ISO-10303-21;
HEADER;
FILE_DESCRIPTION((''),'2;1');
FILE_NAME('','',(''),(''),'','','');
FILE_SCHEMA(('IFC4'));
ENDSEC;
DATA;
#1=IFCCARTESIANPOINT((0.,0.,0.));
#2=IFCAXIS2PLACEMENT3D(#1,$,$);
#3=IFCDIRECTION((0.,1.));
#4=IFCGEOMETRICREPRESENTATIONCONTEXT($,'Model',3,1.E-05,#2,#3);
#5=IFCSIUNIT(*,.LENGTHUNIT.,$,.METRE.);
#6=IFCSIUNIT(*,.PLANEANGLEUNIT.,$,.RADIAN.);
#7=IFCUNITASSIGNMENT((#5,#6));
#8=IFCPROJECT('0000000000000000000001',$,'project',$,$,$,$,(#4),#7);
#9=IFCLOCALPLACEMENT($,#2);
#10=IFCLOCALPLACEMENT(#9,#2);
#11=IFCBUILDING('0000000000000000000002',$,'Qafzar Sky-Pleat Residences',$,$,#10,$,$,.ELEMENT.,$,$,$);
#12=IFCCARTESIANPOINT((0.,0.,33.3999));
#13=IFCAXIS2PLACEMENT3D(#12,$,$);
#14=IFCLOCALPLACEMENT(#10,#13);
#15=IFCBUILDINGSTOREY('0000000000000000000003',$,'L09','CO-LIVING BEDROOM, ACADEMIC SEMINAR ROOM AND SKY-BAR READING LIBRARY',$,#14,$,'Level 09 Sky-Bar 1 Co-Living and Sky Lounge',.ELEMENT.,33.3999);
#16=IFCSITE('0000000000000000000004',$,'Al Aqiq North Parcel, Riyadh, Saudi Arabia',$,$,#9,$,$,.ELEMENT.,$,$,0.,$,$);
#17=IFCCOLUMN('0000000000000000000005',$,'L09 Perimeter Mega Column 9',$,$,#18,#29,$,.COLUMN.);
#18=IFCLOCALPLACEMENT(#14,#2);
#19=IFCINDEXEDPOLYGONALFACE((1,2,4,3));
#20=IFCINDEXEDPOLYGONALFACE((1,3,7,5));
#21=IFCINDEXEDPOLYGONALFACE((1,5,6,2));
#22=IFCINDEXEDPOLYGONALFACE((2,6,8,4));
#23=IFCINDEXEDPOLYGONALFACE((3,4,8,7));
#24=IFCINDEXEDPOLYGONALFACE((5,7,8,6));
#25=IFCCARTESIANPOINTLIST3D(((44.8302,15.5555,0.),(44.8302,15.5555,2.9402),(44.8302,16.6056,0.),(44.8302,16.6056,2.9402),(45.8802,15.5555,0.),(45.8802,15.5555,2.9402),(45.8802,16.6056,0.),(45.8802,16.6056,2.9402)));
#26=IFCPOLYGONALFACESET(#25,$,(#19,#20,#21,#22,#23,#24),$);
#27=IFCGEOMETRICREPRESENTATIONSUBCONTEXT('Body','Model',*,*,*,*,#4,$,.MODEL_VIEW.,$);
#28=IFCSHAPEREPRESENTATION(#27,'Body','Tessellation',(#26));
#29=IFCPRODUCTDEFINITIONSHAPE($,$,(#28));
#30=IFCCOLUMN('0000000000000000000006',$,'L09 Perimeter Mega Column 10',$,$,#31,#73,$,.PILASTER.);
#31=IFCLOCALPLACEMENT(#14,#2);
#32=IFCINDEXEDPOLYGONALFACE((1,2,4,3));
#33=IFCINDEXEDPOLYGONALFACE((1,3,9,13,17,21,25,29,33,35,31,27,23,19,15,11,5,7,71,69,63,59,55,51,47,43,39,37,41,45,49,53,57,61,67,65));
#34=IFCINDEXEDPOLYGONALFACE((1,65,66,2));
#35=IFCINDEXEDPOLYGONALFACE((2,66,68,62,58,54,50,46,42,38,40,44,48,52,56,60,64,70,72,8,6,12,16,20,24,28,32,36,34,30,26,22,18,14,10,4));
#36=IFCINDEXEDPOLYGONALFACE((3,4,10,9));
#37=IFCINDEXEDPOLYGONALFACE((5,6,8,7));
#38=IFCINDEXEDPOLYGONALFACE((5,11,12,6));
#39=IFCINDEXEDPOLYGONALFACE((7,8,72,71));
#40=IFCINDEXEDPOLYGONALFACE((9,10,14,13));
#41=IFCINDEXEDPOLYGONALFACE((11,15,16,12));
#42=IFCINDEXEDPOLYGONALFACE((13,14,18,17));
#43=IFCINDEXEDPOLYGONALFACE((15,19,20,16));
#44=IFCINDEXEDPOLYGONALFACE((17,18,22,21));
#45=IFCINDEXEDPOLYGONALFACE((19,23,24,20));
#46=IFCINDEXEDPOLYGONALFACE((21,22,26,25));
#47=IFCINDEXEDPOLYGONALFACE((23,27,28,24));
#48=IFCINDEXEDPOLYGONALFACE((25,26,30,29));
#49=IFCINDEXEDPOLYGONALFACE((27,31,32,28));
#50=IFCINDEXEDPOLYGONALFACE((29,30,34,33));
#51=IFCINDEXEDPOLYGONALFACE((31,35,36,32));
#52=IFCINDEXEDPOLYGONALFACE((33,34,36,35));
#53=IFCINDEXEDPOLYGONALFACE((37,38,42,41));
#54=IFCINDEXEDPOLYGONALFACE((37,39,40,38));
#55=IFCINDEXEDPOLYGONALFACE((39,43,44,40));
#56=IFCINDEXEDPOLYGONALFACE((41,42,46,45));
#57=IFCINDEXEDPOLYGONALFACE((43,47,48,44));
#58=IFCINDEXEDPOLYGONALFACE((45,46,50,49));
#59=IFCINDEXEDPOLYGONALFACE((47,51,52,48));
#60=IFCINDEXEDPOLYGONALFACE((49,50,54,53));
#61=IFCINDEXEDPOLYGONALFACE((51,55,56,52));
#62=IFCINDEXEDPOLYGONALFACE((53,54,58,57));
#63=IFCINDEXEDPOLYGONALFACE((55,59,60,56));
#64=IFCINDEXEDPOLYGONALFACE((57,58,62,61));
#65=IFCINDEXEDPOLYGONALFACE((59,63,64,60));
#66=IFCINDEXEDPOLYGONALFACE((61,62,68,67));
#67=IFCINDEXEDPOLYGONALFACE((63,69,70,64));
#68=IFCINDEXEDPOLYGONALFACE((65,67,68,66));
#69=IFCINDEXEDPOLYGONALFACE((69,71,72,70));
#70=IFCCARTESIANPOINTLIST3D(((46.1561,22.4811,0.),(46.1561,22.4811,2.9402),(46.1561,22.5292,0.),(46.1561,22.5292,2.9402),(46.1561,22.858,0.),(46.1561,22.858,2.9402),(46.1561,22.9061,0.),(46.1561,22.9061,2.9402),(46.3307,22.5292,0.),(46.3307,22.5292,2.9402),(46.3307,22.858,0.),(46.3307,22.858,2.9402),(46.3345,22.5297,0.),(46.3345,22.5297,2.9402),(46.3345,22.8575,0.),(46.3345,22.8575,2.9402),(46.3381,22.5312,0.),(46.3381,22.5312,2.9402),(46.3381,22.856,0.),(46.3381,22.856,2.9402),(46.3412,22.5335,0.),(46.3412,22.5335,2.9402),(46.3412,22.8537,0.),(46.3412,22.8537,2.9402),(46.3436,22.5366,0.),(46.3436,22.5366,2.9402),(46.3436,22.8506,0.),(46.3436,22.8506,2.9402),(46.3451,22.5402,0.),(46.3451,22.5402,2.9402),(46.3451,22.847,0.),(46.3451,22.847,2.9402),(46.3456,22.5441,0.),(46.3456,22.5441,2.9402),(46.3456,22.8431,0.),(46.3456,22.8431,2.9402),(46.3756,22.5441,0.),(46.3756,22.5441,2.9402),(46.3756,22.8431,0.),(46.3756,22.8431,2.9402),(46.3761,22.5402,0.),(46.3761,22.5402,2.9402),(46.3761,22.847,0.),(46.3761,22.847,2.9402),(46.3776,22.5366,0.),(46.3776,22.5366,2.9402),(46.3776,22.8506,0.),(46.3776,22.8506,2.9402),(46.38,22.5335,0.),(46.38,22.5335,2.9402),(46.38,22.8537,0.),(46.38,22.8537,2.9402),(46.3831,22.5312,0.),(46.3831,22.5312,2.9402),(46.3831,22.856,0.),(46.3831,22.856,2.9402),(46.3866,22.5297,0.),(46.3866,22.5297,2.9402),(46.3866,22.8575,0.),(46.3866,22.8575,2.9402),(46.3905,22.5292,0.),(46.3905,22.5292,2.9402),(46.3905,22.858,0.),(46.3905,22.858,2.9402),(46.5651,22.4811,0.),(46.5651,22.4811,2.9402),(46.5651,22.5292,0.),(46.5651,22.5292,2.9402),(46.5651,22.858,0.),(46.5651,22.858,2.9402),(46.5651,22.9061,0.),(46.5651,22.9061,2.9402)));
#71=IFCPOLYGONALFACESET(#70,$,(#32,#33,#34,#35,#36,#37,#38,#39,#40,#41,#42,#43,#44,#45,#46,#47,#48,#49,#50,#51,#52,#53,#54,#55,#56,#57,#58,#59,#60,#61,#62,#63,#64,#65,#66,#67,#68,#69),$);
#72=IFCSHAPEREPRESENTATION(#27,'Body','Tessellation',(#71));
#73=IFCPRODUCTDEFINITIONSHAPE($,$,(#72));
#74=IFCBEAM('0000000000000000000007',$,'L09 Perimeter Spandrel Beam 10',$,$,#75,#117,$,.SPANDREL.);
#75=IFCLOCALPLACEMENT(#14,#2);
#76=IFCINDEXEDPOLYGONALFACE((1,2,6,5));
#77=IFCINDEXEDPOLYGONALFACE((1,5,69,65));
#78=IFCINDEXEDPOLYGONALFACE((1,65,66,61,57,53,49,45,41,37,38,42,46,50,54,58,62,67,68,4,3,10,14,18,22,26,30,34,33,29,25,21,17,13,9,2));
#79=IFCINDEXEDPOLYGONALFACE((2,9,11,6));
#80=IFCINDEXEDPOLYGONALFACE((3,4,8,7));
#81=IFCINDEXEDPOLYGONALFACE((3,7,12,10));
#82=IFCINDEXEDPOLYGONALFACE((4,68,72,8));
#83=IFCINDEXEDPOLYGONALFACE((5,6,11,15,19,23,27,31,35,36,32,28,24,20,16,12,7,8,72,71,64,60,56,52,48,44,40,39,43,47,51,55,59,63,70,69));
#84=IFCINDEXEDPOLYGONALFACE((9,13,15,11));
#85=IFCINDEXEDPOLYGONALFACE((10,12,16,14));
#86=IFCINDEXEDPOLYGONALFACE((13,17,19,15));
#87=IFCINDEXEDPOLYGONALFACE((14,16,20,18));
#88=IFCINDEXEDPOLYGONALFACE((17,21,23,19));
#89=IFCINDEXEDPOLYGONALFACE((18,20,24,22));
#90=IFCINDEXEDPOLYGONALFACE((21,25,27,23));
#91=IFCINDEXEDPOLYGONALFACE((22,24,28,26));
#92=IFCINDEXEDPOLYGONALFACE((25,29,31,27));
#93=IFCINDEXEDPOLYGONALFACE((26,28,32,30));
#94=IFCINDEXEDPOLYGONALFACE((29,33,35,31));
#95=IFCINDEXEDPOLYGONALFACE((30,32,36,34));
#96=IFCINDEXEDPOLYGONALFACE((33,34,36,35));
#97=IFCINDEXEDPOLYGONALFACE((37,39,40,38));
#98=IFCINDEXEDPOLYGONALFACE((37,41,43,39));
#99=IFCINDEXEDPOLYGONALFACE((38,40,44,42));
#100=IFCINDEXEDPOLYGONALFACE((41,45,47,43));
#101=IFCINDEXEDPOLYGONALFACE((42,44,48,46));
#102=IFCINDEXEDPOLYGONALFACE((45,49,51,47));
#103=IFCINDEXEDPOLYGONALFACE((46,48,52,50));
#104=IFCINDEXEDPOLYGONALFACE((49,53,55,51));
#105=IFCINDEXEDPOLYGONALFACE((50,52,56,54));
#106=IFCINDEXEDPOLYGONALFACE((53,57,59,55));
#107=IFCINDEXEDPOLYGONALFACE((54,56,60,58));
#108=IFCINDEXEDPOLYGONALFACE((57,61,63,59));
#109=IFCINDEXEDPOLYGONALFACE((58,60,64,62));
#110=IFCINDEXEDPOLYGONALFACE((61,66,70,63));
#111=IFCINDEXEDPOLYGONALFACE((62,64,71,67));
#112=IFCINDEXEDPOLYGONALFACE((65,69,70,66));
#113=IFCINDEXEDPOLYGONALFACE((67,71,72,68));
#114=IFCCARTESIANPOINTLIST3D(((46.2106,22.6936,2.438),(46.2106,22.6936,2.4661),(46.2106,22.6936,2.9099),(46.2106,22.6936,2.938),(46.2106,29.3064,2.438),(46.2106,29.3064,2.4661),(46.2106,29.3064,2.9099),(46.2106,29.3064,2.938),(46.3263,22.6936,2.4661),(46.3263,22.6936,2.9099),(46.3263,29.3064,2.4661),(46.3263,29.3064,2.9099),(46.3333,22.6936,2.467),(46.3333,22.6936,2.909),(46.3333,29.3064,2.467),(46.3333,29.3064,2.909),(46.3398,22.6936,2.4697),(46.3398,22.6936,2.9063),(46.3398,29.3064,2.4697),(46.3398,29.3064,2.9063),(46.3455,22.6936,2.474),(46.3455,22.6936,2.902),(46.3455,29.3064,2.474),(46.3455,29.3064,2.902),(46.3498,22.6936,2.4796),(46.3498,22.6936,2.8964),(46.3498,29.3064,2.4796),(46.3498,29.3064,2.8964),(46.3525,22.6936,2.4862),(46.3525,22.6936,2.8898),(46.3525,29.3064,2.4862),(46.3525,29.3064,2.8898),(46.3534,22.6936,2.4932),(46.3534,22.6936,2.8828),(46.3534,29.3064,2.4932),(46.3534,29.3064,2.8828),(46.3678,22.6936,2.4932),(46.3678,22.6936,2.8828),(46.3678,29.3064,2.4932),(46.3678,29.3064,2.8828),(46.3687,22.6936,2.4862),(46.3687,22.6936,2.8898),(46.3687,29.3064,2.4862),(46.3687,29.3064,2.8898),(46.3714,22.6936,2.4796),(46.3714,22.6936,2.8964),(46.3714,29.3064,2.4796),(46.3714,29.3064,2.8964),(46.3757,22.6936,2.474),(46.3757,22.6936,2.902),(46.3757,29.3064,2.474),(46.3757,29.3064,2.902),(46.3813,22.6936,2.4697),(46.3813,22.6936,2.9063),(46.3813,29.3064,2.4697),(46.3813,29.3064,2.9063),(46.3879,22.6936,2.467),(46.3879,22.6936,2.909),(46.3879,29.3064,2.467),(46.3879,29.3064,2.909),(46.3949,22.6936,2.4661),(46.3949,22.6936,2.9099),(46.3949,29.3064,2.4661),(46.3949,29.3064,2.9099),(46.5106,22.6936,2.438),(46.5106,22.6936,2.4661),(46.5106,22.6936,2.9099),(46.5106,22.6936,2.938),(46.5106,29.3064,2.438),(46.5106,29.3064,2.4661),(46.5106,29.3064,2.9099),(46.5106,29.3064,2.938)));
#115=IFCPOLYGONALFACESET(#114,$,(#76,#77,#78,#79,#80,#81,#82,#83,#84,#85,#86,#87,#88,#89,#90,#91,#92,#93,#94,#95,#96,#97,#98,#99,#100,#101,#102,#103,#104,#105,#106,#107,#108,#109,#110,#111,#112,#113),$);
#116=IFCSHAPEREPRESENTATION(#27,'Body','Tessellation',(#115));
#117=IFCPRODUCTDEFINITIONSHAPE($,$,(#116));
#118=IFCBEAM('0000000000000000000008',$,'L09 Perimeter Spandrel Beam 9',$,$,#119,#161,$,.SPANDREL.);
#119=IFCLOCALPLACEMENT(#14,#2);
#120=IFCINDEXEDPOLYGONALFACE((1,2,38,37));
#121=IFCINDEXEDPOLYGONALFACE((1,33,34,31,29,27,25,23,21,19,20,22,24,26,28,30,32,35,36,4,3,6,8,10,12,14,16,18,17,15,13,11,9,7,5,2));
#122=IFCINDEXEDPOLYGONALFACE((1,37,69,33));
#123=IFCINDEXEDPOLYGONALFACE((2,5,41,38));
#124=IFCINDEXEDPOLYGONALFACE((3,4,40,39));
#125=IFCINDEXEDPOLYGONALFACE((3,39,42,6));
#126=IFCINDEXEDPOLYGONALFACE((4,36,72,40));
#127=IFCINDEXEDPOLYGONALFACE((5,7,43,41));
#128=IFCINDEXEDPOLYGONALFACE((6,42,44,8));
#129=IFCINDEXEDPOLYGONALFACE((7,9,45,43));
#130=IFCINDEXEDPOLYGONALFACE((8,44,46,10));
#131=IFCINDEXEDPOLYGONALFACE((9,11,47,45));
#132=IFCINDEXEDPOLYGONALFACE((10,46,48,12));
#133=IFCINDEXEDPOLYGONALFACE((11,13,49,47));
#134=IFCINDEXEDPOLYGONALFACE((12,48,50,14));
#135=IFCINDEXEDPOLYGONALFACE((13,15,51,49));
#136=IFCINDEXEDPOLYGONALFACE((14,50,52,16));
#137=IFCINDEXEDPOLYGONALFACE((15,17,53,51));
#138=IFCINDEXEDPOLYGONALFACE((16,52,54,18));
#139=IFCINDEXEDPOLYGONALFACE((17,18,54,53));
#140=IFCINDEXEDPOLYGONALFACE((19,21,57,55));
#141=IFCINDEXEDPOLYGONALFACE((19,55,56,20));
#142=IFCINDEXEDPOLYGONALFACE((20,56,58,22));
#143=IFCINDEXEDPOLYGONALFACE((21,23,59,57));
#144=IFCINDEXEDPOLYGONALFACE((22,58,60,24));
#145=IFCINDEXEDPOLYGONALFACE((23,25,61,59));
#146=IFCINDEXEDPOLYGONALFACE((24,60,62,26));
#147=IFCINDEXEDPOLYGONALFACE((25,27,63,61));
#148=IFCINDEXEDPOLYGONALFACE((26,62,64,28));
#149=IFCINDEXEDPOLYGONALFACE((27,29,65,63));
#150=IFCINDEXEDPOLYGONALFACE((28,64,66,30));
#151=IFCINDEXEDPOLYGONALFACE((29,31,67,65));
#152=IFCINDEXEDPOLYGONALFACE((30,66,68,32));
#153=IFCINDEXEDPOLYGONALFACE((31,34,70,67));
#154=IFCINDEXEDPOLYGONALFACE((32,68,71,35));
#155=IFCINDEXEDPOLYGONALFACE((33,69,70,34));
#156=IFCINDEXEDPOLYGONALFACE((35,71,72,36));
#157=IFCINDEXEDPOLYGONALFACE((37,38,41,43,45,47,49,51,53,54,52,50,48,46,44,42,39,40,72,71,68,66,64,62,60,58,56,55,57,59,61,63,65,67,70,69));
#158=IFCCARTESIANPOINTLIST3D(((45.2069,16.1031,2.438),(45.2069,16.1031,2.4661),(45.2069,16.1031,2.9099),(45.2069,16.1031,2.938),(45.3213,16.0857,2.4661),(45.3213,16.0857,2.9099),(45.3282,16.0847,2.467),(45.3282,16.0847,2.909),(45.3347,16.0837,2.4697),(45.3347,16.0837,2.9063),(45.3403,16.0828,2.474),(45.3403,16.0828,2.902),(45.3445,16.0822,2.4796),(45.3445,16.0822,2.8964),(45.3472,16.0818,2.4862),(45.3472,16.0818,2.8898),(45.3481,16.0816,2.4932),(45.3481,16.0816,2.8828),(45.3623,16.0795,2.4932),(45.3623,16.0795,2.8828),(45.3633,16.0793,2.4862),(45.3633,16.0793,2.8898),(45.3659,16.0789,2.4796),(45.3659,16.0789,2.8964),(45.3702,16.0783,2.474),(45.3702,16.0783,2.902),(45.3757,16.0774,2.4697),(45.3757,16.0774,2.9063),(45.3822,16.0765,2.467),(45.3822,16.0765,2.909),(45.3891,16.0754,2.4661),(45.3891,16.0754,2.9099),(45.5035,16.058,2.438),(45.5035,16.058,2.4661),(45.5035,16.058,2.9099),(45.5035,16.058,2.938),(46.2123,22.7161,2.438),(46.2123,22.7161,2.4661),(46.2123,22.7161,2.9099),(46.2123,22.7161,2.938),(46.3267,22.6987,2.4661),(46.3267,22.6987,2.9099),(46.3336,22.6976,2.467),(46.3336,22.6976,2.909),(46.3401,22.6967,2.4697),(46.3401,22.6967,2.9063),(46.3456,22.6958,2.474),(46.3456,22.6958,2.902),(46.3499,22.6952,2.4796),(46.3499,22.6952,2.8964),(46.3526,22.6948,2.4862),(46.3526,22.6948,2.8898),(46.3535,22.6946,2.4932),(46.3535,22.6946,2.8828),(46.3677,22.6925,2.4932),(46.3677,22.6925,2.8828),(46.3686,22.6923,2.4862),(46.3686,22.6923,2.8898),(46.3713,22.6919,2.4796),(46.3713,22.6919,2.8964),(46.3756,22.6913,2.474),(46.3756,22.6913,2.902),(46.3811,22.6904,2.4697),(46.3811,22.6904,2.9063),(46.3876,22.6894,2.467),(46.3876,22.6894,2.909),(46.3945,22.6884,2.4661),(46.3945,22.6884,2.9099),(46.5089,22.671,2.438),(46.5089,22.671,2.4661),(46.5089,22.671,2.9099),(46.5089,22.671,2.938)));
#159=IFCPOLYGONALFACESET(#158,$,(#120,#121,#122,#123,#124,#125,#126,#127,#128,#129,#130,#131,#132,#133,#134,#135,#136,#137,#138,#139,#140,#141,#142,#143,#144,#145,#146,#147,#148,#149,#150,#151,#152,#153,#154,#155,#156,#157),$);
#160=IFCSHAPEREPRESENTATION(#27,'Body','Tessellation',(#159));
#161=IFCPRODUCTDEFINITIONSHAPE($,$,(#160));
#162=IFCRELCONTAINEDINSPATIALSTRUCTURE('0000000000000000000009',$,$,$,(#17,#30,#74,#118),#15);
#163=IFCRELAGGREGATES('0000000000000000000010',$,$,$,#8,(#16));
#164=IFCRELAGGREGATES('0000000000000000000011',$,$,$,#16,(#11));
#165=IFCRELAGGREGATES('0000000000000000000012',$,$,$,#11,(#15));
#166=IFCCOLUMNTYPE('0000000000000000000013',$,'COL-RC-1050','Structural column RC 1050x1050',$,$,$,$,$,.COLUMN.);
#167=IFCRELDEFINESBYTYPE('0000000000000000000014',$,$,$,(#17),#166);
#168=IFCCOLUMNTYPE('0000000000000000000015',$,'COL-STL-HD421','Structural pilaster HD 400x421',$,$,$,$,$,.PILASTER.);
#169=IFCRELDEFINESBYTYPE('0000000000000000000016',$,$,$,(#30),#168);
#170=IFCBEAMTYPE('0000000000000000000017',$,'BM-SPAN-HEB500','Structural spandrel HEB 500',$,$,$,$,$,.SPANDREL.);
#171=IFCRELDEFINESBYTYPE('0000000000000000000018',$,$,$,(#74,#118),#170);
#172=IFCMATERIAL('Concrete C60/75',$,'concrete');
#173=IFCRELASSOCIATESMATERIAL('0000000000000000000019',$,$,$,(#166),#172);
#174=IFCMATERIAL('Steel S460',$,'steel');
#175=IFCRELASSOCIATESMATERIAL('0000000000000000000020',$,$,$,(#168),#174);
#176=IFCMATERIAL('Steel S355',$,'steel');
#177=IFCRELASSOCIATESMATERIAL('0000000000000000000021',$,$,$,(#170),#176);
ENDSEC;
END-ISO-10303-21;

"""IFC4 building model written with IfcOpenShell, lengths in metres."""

from ifc_helpers import new_model, si_unit, direction, frame, origin, origin_2d, place, context, subcontext, project, spatial, rectangle, i_section, extrude, source, transform, mapped, material, material_profile, profile_set, type_object, element, save


model = new_model("IFC4")

# Units and contexts
model_context = context("Model", 3, precision=1e-05, world=origin(), true_north=direction((0.0, 1.0)))
body_context = subcontext(model_context, "Body", "Model", "MODEL_VIEW")
ifc_project = project(units=[si_unit("LENGTHUNIT", "METRE"), si_unit("PLANEANGLEUNIT", "RADIAN")], contexts=[model_context])

# Site, building, storey
site_placement = place(None, origin())
site = spatial("IfcSite", under=ifc_project, at=site_placement, Name="Al Aqiq North Parcel, Riyadh, Saudi Arabia", CompositionType="ELEMENT", RefElevation=0.0)
building_placement = place(site_placement, origin())
building = spatial("IfcBuilding", under=site, at=building_placement, Name="Qafzar Sky-Pleat Residences", CompositionType="ELEMENT")
storey_placement = place(building_placement, frame((0.0, 0.0, 33.3999)))
storey = spatial("IfcBuildingStorey", under=building, at=storey_placement, Name="L09", Description="CO-LIVING BEDROOM, ACADEMIC SEMINAR ROOM AND SKY-BAR READING LIBRARY", LongName="Level 09 Sky-Bar 1 Co-Living and Sky Lounge", CompositionType="ELEMENT", Elevation=33.3999)

# Columns
ifc_material_1 = material(Name="Concrete C60/75", Category="concrete")
ifc_material_profile_1 = material_profile(ifc_material_1, rectangle(XDim=1.05, YDim=1.05, at=origin_2d()), Name="RC 1050x1050")
ifc_profile_set_1 = profile_set([ifc_material_profile_1], Name="Concrete C60/75")
column_type_1 = type_object("IfcColumnType", Name="COL-RC-1050", Description="Structural column RC 1050x1050", PredefinedType="COLUMN", material=ifc_profile_set_1)
shared_shape_1 = source(origin(), body_context, "Body", "SweptSolid", [
    extrude(rectangle(XDim=1.05, YDim=1.05, at=origin_2d()), origin(), (0.0, 0.0, 1.0), 2.9402),
])
column_1_placement = place(storey_placement, frame((45.3552, 16.0806, 0.0), z_axis=(0.0, 0.0, 1.0), x_axis=(1.0, 0.0, 0.0)))
element("IfcColumn", 1, at=column_1_placement, inside=storey, type_object=column_type_1, Name="L09 Perimeter Mega Column 9", PredefinedType="COLUMN", context=body_context, shape_type="MappedRepresentation", body=[
    mapped(shared_shape_1, transform((0.0, 0.0, 0.0), x_axis=(1.0, 0.0, 0.0), y_axis=(0.0, 1.0, 0.0), z_axis=(0.0, 0.0, 1.0), scale=1.0)),
])
ifc_material_2 = material(Name="Steel S460", Category="steel")
ifc_material_profile_2 = material_profile(ifc_material_2, i_section(OverallWidth=0.4089, OverallDepth=0.425, WebThickness=0.03, FlangeThickness=0.0481, FilletRadius=0.0149, at=origin_2d()), Name="HD 400x421")
ifc_profile_set_2 = profile_set([ifc_material_profile_2], Name="Steel S460")
column_type_2 = type_object("IfcColumnType", Name="COL-STL-HD421", Description="Structural pilaster HD 400x421", PredefinedType="PILASTER", material=ifc_profile_set_2)
shared_shape_2 = source(origin(), body_context, "Body", "SweptSolid", [
    extrude(i_section(OverallWidth=0.4089, OverallDepth=0.425, WebThickness=0.03, FlangeThickness=0.0481, FilletRadius=0.0149, at=origin_2d()), origin(), (0.0, 0.0, 1.0), 2.9402),
])
column_2_placement = place(storey_placement, frame((46.3606, 22.6936, 0.0), z_axis=(0.0, 0.0, 1.0), x_axis=(1.0, 0.0, 0.0)))
element("IfcColumn", 2, at=column_2_placement, inside=storey, type_object=column_type_2, Name="L09 Perimeter Mega Column 10", PredefinedType="PILASTER", context=body_context, shape_type="MappedRepresentation", body=[
    mapped(shared_shape_2, transform((0.0, 0.0, 0.0), x_axis=(1.0, 0.0, 0.0), y_axis=(0.0, 1.0, 0.0), z_axis=(0.0, 0.0, 1.0), scale=1.0)),
])

# Beams
ifc_material_3 = material(Name="Steel S355", Category="steel")
ifc_material_profile_3 = material_profile(ifc_material_3, i_section(OverallWidth=0.3, OverallDepth=0.5, WebThickness=0.0144, FlangeThickness=0.0281, FilletRadius=0.0271, at=origin_2d()), Name="HEB 500")
ifc_profile_set_3 = profile_set([ifc_material_profile_3], Name="Steel S355")
beam_type_1 = type_object("IfcBeamType", Name="BM-SPAN-HEB500", Description="Structural spandrel HEB 500", PredefinedType="SPANDREL", material=ifc_profile_set_3)
shared_shape_3 = source(origin(), body_context, "Body", "SweptSolid", [
    extrude(i_section(OverallWidth=0.3, OverallDepth=0.5, WebThickness=0.0144, FlangeThickness=0.0281, FilletRadius=0.0271, at=origin_2d()), origin(), (0.0, 0.0, 1.0), 6.6128),
])
beam_1_placement = place(storey_placement, frame((46.3606, 22.6936, 2.688), z_axis=(0.0, 1.0, 0.0), x_axis=(-1.0, 0.0, 0.0)))
element("IfcBeam", 3, at=beam_1_placement, inside=storey, type_object=beam_type_1, Name="L09 Perimeter Spandrel Beam 10", PredefinedType="SPANDREL", context=body_context, shape_type="MappedRepresentation", body=[
    mapped(shared_shape_3, transform((0.0, 0.0, 0.0), x_axis=(1.0, 0.0, 0.0), y_axis=(0.0, 1.0, 0.0), z_axis=(0.0, 0.0, 1.0), scale=1.0)),
])
shared_shape_4 = source(origin(), body_context, "Body", "SweptSolid", [
    extrude(i_section(OverallWidth=0.3, OverallDepth=0.5, WebThickness=0.0144, FlangeThickness=0.0281, FilletRadius=0.0271, at=origin_2d()), origin(), (0.0, 0.0, 1.0), 6.689),
])
beam_2_placement = place(storey_placement, frame((45.3552, 16.0806, 2.688), z_axis=(0.150302, 0.98864, 0.0), x_axis=(-0.98864, 0.150302, 0.0)))
element("IfcBeam", 4, at=beam_2_placement, inside=storey, type_object=beam_type_1, Name="L09 Perimeter Spandrel Beam 9", PredefinedType="SPANDREL", context=body_context, shape_type="MappedRepresentation", body=[
    mapped(shared_shape_4, transform((0.0, 0.0, 0.0), x_axis=(1.0, 0.0, 0.0), y_axis=(0.0, 1.0, 0.0), z_axis=(0.0, 0.0, 1.0), scale=1.0)),
])

save(model, "model.ifc")
